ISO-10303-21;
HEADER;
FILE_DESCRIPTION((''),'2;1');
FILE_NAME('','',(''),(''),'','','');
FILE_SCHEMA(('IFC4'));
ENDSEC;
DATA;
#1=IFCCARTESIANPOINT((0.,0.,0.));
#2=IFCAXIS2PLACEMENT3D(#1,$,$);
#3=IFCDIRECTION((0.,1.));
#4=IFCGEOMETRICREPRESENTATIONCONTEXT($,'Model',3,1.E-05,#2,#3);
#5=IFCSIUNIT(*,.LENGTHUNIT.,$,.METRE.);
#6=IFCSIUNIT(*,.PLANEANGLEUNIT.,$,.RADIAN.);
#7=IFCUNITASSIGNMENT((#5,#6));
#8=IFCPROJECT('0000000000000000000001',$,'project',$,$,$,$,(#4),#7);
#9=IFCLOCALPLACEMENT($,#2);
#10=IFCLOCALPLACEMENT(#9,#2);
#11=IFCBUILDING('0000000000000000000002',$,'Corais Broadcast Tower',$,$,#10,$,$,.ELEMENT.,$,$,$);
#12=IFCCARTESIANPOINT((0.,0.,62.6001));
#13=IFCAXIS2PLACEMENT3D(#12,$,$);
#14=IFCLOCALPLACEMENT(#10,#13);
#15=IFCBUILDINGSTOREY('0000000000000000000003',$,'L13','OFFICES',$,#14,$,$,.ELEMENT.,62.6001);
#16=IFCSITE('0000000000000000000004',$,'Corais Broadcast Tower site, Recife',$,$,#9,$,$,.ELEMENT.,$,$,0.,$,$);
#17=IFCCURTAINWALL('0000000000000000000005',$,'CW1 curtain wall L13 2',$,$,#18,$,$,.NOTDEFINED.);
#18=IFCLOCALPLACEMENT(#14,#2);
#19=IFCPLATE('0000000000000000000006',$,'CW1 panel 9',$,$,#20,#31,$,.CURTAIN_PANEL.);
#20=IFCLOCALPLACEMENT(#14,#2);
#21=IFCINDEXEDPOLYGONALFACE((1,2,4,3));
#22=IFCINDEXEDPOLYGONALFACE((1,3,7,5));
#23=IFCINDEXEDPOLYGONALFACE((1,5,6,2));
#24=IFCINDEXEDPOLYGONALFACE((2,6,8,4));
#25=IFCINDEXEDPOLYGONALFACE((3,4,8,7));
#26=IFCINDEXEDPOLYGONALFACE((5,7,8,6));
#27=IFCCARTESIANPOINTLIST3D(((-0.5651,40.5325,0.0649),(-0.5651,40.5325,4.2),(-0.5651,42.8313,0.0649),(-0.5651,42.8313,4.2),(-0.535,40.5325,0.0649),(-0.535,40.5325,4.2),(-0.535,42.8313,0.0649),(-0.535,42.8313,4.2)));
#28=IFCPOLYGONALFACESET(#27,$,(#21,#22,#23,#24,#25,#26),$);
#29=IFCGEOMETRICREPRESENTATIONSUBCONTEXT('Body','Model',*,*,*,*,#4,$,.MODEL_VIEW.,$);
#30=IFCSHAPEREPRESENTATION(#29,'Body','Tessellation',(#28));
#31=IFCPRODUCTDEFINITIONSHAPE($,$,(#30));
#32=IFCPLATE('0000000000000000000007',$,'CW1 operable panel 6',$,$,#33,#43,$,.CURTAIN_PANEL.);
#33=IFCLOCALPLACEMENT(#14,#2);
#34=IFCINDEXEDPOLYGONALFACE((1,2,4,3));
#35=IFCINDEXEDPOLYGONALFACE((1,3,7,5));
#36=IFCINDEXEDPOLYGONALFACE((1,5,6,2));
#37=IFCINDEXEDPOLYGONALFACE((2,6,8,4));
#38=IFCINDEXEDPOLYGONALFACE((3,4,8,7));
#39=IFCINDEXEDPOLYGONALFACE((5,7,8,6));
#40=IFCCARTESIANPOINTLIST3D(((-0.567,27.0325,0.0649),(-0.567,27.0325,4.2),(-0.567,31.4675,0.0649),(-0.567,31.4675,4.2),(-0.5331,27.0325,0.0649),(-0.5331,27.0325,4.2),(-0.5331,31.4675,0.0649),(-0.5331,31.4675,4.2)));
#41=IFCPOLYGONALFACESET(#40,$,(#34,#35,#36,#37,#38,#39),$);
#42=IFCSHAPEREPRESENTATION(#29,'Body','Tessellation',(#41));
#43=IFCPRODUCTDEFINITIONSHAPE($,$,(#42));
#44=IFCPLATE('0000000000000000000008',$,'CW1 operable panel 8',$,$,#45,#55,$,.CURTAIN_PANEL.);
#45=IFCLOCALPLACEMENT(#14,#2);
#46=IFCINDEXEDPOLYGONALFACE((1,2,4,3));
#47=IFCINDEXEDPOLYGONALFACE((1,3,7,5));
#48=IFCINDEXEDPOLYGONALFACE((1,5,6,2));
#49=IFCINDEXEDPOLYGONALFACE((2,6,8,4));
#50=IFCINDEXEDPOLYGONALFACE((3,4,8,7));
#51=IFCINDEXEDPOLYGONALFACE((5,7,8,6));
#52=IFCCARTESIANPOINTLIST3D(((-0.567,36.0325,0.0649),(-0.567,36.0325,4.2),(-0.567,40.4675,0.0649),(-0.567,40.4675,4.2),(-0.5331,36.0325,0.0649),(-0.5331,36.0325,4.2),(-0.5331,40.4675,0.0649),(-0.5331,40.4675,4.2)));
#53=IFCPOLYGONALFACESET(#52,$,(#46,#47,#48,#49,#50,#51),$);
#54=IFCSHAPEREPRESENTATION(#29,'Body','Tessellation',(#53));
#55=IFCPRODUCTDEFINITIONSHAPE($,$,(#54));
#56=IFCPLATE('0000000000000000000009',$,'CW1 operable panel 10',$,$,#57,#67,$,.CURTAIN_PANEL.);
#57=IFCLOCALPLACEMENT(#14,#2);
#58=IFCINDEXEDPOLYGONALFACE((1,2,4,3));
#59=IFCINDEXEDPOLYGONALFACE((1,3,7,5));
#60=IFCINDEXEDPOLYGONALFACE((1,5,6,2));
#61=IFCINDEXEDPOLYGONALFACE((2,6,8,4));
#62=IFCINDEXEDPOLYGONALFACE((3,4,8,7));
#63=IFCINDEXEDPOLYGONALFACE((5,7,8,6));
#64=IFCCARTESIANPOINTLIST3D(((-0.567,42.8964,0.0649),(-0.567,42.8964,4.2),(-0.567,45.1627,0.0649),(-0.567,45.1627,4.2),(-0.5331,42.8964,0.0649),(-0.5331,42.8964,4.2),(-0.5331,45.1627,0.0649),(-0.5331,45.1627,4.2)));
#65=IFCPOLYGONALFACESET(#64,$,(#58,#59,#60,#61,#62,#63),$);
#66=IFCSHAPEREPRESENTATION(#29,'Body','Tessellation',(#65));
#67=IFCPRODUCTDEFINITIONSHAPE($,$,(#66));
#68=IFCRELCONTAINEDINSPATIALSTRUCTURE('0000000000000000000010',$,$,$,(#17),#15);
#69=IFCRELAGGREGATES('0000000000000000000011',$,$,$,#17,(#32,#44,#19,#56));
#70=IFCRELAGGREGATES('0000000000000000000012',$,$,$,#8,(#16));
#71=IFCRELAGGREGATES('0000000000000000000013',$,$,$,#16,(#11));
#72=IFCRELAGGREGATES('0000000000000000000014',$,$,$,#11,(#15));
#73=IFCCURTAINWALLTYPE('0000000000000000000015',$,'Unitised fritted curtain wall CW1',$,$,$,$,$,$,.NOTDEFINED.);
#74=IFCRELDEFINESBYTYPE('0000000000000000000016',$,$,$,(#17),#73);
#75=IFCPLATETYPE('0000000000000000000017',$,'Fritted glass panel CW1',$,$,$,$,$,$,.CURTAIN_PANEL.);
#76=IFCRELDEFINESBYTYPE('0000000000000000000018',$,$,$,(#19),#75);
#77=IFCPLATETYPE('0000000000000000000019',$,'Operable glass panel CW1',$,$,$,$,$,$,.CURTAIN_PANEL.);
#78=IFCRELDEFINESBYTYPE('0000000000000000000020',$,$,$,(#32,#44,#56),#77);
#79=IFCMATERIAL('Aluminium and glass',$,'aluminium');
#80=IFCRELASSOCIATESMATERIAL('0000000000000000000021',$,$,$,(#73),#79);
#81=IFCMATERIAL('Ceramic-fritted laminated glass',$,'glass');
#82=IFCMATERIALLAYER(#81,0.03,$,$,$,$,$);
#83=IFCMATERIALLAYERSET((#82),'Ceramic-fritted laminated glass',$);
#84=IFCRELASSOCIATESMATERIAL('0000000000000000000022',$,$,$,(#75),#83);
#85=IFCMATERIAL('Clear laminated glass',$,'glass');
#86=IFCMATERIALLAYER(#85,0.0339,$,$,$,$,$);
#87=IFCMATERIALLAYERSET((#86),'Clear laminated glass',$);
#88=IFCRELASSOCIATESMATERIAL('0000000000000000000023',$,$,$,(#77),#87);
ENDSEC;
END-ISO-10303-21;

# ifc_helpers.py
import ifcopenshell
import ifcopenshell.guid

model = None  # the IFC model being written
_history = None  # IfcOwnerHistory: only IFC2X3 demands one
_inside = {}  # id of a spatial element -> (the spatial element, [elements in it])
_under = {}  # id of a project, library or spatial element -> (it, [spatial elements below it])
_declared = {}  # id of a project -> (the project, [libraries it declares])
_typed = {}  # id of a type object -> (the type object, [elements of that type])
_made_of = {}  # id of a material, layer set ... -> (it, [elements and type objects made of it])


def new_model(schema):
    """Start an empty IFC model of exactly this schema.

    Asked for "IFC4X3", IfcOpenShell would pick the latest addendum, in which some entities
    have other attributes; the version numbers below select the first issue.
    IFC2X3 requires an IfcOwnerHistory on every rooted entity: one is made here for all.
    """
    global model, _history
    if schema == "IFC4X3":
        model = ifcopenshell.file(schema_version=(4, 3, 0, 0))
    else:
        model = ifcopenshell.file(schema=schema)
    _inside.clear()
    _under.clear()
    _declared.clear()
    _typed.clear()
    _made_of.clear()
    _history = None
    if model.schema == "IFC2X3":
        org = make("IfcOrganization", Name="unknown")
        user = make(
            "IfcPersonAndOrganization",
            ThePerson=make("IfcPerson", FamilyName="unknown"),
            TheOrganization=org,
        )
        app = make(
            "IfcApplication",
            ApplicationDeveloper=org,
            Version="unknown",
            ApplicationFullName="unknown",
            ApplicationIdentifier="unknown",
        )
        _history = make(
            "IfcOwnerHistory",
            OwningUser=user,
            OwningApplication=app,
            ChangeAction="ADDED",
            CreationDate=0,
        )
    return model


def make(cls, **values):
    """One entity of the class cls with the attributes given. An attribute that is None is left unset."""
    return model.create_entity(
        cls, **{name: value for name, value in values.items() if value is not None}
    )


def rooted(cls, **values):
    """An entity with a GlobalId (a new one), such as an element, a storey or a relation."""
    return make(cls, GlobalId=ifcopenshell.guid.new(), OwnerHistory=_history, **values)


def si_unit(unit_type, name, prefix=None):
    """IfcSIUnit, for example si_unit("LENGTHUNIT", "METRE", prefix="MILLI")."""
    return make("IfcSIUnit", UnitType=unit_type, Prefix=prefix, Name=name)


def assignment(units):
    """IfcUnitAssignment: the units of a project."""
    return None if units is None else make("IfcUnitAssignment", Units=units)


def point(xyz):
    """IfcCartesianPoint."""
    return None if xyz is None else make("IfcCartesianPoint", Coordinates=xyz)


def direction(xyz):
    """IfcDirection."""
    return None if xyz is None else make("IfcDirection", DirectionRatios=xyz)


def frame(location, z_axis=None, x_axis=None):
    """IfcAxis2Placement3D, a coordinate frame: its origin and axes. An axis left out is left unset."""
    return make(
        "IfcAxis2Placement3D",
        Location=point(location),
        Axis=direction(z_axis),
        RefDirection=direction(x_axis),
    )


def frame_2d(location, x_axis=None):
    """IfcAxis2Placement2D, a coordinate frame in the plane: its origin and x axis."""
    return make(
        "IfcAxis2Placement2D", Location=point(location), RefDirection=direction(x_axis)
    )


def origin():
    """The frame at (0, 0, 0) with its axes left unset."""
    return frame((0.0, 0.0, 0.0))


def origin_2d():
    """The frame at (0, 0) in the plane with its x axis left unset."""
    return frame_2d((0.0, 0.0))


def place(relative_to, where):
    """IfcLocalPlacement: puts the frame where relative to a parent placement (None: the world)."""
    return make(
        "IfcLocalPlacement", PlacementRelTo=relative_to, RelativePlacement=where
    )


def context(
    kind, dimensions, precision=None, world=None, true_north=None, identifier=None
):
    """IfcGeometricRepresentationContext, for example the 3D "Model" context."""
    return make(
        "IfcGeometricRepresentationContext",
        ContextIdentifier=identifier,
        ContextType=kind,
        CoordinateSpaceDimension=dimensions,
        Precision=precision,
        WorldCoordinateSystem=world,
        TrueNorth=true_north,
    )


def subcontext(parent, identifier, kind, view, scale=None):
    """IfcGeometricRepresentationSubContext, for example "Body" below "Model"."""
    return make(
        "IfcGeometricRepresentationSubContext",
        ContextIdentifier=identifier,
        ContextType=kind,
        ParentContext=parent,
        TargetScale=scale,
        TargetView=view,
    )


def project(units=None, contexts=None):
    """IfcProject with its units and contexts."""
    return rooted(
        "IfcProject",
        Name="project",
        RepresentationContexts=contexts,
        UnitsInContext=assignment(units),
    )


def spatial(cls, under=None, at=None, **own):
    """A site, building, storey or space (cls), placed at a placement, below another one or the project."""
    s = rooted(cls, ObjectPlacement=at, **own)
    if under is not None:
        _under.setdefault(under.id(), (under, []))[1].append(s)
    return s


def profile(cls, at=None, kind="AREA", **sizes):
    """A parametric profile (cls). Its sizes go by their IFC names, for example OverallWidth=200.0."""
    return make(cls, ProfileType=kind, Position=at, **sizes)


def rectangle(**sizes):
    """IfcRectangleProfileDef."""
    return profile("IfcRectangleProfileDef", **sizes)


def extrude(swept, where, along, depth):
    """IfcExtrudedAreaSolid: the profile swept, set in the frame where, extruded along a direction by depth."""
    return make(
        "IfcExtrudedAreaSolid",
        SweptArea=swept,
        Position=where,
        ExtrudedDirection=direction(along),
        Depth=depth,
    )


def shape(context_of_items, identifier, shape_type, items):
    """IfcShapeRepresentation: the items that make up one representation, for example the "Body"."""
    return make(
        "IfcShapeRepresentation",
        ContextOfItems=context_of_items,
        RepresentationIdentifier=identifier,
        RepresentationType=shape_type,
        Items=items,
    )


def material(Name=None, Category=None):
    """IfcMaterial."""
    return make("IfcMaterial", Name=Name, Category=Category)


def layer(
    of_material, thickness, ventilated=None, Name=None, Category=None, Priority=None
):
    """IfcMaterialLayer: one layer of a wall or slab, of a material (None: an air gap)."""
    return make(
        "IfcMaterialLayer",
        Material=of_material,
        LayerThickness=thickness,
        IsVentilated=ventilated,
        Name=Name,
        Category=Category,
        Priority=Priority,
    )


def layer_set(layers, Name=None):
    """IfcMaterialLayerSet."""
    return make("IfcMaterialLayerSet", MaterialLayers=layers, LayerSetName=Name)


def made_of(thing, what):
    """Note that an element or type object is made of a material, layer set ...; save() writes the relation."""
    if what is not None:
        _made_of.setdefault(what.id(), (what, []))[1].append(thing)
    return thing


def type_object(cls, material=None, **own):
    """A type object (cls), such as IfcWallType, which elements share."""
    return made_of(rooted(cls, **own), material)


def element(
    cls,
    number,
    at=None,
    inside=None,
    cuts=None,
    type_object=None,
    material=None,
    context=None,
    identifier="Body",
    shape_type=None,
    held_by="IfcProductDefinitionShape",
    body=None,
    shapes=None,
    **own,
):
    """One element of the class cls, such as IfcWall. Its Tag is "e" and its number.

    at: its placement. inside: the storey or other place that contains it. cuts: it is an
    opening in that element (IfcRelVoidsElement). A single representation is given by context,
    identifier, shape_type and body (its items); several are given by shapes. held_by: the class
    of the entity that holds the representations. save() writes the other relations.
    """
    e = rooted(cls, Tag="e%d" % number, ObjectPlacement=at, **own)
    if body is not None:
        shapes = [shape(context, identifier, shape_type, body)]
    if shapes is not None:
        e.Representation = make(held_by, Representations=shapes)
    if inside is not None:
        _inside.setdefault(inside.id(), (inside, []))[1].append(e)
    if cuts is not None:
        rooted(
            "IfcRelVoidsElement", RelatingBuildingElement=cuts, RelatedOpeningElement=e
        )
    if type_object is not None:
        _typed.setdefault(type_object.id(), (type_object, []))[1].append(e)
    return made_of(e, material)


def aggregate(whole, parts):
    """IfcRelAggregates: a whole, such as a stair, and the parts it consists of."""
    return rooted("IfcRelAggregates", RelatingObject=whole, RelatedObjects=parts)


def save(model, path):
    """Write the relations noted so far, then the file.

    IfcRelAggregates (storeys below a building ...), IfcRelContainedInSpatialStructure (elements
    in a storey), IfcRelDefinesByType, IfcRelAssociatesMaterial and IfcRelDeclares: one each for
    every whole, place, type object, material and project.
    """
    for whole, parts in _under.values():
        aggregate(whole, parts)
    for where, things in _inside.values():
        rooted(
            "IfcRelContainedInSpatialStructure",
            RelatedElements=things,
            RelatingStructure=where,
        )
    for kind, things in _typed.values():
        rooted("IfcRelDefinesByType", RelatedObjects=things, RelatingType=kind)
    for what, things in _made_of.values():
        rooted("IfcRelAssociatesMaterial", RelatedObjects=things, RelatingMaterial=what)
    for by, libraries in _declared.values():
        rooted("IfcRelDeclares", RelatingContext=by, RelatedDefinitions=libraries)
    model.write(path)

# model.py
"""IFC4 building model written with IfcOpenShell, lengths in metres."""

from ifc_helpers import new_model, si_unit, direction, frame, origin, origin_2d, place, context, subcontext, project, spatial, rectangle, extrude, material, layer, layer_set, type_object, element, aggregate, save


model = new_model("IFC4")

# Units and contexts
model_context = context("Model", 3, precision=1e-05, world=origin(), true_north=direction((0.0, 1.0)))
body_context = subcontext(model_context, "Body", "Model", "MODEL_VIEW")
ifc_project = project(units=[si_unit("LENGTHUNIT", "METRE"), si_unit("PLANEANGLEUNIT", "RADIAN")], contexts=[model_context])

# Site, building, storey
site_placement = place(None, origin())
site = spatial("IfcSite", under=ifc_project, at=site_placement, Name="Corais Broadcast Tower site, Recife", CompositionType="ELEMENT", RefElevation=0.0)
building_placement = place(site_placement, origin())
building = spatial("IfcBuilding", under=site, at=building_placement, Name="Corais Broadcast Tower", CompositionType="ELEMENT")
storey_placement = place(building_placement, frame((0.0, 0.0, 62.6001)))
storey = spatial("IfcBuildingStorey", under=building, at=storey_placement, Name="L13", Description="OFFICES", CompositionType="ELEMENT", Elevation=62.6001)

# Curtain wall
ifc_material_1 = material(Name="Aluminium and glass", Category="aluminium")
curtain_wall_type = type_object("IfcCurtainWallType", Name="Unitised fritted curtain wall CW1", PredefinedType="NOTDEFINED", material=ifc_material_1)
curtain_wall_placement = place(storey_placement, origin())
curtain_wall = element("IfcCurtainWall", 1, at=curtain_wall_placement, inside=storey, type_object=curtain_wall_type, Name="CW1 curtain wall L13 2", PredefinedType="NOTDEFINED")

# Plates
ifc_material_2 = material(Name="Ceramic-fritted laminated glass", Category="glass")
ifc_layer_1 = layer(ifc_material_2, 0.03)
ifc_layer_set_1 = layer_set([ifc_layer_1], Name="Ceramic-fritted laminated glass")
plate_type_1 = type_object("IfcPlateType", Name="Fritted glass panel CW1", PredefinedType="CURTAIN_PANEL", material=ifc_layer_set_1)
plate_1_placement = place(storey_placement, frame((-0.55, 41.6819, 0.0649), z_axis=(0.0, 0.0, 1.0), x_axis=(0.0, 1.0, 0.0)))
plate_1 = element("IfcPlate", 2, at=plate_1_placement, type_object=plate_type_1, Name="CW1 panel 9", PredefinedType="CURTAIN_PANEL", context=body_context, shape_type="SweptSolid", body=[
    extrude(rectangle(XDim=2.2988, YDim=0.03, at=origin_2d()), origin(), (0.0, 0.0, 1.0), 4.135),
])
ifc_material_3 = material(Name="Clear laminated glass", Category="glass")
ifc_layer_2 = layer(ifc_material_3, 0.0339)
ifc_layer_set_2 = layer_set([ifc_layer_2], Name="Clear laminated glass")
plate_type_2 = type_object("IfcPlateType", Name="Operable glass panel CW1", PredefinedType="CURTAIN_PANEL", material=ifc_layer_set_2)
plate_2_placement = place(storey_placement, frame((-0.55, 29.25, 0.0649), z_axis=(0.0, 0.0, 1.0), x_axis=(0.0, 1.0, 0.0)))
plate_2 = element("IfcPlate", 3, at=plate_2_placement, type_object=plate_type_2, Name="CW1 operable panel 6", PredefinedType="CURTAIN_PANEL", context=body_context, shape_type="SweptSolid", body=[
    extrude(rectangle(XDim=4.4351, YDim=0.0339, at=origin_2d()), origin(), (0.0, 0.0, 1.0), 4.135),
])
plate_3_placement = place(storey_placement, frame((-0.55, 38.25, 0.0649), z_axis=(0.0, 0.0, 1.0), x_axis=(0.0, 1.0, 0.0)))
plate_3 = element("IfcPlate", 4, at=plate_3_placement, type_object=plate_type_2, Name="CW1 operable panel 8", PredefinedType="CURTAIN_PANEL", context=body_context, shape_type="SweptSolid", body=[
    extrude(rectangle(XDim=4.4351, YDim=0.0339, at=origin_2d()), origin(), (0.0, 0.0, 1.0), 4.135),
])
plate_4_placement = place(storey_placement, frame((-0.55, 44.0295, 0.0649), z_axis=(0.0, 0.0, 1.0), x_axis=(0.0, 1.0, 0.0)))
plate_4 = element("IfcPlate", 5, at=plate_4_placement, type_object=plate_type_2, Name="CW1 operable panel 10", PredefinedType="CURTAIN_PANEL", context=body_context, shape_type="SweptSolid", body=[
    extrude(rectangle(XDim=2.2664, YDim=0.0339, at=origin_2d()), origin(), (0.0, 0.0, 1.0), 4.135),
])
aggregate(curtain_wall, [plate_2, plate_3, plate_1, plate_4])

save(model, "model.ifc")
